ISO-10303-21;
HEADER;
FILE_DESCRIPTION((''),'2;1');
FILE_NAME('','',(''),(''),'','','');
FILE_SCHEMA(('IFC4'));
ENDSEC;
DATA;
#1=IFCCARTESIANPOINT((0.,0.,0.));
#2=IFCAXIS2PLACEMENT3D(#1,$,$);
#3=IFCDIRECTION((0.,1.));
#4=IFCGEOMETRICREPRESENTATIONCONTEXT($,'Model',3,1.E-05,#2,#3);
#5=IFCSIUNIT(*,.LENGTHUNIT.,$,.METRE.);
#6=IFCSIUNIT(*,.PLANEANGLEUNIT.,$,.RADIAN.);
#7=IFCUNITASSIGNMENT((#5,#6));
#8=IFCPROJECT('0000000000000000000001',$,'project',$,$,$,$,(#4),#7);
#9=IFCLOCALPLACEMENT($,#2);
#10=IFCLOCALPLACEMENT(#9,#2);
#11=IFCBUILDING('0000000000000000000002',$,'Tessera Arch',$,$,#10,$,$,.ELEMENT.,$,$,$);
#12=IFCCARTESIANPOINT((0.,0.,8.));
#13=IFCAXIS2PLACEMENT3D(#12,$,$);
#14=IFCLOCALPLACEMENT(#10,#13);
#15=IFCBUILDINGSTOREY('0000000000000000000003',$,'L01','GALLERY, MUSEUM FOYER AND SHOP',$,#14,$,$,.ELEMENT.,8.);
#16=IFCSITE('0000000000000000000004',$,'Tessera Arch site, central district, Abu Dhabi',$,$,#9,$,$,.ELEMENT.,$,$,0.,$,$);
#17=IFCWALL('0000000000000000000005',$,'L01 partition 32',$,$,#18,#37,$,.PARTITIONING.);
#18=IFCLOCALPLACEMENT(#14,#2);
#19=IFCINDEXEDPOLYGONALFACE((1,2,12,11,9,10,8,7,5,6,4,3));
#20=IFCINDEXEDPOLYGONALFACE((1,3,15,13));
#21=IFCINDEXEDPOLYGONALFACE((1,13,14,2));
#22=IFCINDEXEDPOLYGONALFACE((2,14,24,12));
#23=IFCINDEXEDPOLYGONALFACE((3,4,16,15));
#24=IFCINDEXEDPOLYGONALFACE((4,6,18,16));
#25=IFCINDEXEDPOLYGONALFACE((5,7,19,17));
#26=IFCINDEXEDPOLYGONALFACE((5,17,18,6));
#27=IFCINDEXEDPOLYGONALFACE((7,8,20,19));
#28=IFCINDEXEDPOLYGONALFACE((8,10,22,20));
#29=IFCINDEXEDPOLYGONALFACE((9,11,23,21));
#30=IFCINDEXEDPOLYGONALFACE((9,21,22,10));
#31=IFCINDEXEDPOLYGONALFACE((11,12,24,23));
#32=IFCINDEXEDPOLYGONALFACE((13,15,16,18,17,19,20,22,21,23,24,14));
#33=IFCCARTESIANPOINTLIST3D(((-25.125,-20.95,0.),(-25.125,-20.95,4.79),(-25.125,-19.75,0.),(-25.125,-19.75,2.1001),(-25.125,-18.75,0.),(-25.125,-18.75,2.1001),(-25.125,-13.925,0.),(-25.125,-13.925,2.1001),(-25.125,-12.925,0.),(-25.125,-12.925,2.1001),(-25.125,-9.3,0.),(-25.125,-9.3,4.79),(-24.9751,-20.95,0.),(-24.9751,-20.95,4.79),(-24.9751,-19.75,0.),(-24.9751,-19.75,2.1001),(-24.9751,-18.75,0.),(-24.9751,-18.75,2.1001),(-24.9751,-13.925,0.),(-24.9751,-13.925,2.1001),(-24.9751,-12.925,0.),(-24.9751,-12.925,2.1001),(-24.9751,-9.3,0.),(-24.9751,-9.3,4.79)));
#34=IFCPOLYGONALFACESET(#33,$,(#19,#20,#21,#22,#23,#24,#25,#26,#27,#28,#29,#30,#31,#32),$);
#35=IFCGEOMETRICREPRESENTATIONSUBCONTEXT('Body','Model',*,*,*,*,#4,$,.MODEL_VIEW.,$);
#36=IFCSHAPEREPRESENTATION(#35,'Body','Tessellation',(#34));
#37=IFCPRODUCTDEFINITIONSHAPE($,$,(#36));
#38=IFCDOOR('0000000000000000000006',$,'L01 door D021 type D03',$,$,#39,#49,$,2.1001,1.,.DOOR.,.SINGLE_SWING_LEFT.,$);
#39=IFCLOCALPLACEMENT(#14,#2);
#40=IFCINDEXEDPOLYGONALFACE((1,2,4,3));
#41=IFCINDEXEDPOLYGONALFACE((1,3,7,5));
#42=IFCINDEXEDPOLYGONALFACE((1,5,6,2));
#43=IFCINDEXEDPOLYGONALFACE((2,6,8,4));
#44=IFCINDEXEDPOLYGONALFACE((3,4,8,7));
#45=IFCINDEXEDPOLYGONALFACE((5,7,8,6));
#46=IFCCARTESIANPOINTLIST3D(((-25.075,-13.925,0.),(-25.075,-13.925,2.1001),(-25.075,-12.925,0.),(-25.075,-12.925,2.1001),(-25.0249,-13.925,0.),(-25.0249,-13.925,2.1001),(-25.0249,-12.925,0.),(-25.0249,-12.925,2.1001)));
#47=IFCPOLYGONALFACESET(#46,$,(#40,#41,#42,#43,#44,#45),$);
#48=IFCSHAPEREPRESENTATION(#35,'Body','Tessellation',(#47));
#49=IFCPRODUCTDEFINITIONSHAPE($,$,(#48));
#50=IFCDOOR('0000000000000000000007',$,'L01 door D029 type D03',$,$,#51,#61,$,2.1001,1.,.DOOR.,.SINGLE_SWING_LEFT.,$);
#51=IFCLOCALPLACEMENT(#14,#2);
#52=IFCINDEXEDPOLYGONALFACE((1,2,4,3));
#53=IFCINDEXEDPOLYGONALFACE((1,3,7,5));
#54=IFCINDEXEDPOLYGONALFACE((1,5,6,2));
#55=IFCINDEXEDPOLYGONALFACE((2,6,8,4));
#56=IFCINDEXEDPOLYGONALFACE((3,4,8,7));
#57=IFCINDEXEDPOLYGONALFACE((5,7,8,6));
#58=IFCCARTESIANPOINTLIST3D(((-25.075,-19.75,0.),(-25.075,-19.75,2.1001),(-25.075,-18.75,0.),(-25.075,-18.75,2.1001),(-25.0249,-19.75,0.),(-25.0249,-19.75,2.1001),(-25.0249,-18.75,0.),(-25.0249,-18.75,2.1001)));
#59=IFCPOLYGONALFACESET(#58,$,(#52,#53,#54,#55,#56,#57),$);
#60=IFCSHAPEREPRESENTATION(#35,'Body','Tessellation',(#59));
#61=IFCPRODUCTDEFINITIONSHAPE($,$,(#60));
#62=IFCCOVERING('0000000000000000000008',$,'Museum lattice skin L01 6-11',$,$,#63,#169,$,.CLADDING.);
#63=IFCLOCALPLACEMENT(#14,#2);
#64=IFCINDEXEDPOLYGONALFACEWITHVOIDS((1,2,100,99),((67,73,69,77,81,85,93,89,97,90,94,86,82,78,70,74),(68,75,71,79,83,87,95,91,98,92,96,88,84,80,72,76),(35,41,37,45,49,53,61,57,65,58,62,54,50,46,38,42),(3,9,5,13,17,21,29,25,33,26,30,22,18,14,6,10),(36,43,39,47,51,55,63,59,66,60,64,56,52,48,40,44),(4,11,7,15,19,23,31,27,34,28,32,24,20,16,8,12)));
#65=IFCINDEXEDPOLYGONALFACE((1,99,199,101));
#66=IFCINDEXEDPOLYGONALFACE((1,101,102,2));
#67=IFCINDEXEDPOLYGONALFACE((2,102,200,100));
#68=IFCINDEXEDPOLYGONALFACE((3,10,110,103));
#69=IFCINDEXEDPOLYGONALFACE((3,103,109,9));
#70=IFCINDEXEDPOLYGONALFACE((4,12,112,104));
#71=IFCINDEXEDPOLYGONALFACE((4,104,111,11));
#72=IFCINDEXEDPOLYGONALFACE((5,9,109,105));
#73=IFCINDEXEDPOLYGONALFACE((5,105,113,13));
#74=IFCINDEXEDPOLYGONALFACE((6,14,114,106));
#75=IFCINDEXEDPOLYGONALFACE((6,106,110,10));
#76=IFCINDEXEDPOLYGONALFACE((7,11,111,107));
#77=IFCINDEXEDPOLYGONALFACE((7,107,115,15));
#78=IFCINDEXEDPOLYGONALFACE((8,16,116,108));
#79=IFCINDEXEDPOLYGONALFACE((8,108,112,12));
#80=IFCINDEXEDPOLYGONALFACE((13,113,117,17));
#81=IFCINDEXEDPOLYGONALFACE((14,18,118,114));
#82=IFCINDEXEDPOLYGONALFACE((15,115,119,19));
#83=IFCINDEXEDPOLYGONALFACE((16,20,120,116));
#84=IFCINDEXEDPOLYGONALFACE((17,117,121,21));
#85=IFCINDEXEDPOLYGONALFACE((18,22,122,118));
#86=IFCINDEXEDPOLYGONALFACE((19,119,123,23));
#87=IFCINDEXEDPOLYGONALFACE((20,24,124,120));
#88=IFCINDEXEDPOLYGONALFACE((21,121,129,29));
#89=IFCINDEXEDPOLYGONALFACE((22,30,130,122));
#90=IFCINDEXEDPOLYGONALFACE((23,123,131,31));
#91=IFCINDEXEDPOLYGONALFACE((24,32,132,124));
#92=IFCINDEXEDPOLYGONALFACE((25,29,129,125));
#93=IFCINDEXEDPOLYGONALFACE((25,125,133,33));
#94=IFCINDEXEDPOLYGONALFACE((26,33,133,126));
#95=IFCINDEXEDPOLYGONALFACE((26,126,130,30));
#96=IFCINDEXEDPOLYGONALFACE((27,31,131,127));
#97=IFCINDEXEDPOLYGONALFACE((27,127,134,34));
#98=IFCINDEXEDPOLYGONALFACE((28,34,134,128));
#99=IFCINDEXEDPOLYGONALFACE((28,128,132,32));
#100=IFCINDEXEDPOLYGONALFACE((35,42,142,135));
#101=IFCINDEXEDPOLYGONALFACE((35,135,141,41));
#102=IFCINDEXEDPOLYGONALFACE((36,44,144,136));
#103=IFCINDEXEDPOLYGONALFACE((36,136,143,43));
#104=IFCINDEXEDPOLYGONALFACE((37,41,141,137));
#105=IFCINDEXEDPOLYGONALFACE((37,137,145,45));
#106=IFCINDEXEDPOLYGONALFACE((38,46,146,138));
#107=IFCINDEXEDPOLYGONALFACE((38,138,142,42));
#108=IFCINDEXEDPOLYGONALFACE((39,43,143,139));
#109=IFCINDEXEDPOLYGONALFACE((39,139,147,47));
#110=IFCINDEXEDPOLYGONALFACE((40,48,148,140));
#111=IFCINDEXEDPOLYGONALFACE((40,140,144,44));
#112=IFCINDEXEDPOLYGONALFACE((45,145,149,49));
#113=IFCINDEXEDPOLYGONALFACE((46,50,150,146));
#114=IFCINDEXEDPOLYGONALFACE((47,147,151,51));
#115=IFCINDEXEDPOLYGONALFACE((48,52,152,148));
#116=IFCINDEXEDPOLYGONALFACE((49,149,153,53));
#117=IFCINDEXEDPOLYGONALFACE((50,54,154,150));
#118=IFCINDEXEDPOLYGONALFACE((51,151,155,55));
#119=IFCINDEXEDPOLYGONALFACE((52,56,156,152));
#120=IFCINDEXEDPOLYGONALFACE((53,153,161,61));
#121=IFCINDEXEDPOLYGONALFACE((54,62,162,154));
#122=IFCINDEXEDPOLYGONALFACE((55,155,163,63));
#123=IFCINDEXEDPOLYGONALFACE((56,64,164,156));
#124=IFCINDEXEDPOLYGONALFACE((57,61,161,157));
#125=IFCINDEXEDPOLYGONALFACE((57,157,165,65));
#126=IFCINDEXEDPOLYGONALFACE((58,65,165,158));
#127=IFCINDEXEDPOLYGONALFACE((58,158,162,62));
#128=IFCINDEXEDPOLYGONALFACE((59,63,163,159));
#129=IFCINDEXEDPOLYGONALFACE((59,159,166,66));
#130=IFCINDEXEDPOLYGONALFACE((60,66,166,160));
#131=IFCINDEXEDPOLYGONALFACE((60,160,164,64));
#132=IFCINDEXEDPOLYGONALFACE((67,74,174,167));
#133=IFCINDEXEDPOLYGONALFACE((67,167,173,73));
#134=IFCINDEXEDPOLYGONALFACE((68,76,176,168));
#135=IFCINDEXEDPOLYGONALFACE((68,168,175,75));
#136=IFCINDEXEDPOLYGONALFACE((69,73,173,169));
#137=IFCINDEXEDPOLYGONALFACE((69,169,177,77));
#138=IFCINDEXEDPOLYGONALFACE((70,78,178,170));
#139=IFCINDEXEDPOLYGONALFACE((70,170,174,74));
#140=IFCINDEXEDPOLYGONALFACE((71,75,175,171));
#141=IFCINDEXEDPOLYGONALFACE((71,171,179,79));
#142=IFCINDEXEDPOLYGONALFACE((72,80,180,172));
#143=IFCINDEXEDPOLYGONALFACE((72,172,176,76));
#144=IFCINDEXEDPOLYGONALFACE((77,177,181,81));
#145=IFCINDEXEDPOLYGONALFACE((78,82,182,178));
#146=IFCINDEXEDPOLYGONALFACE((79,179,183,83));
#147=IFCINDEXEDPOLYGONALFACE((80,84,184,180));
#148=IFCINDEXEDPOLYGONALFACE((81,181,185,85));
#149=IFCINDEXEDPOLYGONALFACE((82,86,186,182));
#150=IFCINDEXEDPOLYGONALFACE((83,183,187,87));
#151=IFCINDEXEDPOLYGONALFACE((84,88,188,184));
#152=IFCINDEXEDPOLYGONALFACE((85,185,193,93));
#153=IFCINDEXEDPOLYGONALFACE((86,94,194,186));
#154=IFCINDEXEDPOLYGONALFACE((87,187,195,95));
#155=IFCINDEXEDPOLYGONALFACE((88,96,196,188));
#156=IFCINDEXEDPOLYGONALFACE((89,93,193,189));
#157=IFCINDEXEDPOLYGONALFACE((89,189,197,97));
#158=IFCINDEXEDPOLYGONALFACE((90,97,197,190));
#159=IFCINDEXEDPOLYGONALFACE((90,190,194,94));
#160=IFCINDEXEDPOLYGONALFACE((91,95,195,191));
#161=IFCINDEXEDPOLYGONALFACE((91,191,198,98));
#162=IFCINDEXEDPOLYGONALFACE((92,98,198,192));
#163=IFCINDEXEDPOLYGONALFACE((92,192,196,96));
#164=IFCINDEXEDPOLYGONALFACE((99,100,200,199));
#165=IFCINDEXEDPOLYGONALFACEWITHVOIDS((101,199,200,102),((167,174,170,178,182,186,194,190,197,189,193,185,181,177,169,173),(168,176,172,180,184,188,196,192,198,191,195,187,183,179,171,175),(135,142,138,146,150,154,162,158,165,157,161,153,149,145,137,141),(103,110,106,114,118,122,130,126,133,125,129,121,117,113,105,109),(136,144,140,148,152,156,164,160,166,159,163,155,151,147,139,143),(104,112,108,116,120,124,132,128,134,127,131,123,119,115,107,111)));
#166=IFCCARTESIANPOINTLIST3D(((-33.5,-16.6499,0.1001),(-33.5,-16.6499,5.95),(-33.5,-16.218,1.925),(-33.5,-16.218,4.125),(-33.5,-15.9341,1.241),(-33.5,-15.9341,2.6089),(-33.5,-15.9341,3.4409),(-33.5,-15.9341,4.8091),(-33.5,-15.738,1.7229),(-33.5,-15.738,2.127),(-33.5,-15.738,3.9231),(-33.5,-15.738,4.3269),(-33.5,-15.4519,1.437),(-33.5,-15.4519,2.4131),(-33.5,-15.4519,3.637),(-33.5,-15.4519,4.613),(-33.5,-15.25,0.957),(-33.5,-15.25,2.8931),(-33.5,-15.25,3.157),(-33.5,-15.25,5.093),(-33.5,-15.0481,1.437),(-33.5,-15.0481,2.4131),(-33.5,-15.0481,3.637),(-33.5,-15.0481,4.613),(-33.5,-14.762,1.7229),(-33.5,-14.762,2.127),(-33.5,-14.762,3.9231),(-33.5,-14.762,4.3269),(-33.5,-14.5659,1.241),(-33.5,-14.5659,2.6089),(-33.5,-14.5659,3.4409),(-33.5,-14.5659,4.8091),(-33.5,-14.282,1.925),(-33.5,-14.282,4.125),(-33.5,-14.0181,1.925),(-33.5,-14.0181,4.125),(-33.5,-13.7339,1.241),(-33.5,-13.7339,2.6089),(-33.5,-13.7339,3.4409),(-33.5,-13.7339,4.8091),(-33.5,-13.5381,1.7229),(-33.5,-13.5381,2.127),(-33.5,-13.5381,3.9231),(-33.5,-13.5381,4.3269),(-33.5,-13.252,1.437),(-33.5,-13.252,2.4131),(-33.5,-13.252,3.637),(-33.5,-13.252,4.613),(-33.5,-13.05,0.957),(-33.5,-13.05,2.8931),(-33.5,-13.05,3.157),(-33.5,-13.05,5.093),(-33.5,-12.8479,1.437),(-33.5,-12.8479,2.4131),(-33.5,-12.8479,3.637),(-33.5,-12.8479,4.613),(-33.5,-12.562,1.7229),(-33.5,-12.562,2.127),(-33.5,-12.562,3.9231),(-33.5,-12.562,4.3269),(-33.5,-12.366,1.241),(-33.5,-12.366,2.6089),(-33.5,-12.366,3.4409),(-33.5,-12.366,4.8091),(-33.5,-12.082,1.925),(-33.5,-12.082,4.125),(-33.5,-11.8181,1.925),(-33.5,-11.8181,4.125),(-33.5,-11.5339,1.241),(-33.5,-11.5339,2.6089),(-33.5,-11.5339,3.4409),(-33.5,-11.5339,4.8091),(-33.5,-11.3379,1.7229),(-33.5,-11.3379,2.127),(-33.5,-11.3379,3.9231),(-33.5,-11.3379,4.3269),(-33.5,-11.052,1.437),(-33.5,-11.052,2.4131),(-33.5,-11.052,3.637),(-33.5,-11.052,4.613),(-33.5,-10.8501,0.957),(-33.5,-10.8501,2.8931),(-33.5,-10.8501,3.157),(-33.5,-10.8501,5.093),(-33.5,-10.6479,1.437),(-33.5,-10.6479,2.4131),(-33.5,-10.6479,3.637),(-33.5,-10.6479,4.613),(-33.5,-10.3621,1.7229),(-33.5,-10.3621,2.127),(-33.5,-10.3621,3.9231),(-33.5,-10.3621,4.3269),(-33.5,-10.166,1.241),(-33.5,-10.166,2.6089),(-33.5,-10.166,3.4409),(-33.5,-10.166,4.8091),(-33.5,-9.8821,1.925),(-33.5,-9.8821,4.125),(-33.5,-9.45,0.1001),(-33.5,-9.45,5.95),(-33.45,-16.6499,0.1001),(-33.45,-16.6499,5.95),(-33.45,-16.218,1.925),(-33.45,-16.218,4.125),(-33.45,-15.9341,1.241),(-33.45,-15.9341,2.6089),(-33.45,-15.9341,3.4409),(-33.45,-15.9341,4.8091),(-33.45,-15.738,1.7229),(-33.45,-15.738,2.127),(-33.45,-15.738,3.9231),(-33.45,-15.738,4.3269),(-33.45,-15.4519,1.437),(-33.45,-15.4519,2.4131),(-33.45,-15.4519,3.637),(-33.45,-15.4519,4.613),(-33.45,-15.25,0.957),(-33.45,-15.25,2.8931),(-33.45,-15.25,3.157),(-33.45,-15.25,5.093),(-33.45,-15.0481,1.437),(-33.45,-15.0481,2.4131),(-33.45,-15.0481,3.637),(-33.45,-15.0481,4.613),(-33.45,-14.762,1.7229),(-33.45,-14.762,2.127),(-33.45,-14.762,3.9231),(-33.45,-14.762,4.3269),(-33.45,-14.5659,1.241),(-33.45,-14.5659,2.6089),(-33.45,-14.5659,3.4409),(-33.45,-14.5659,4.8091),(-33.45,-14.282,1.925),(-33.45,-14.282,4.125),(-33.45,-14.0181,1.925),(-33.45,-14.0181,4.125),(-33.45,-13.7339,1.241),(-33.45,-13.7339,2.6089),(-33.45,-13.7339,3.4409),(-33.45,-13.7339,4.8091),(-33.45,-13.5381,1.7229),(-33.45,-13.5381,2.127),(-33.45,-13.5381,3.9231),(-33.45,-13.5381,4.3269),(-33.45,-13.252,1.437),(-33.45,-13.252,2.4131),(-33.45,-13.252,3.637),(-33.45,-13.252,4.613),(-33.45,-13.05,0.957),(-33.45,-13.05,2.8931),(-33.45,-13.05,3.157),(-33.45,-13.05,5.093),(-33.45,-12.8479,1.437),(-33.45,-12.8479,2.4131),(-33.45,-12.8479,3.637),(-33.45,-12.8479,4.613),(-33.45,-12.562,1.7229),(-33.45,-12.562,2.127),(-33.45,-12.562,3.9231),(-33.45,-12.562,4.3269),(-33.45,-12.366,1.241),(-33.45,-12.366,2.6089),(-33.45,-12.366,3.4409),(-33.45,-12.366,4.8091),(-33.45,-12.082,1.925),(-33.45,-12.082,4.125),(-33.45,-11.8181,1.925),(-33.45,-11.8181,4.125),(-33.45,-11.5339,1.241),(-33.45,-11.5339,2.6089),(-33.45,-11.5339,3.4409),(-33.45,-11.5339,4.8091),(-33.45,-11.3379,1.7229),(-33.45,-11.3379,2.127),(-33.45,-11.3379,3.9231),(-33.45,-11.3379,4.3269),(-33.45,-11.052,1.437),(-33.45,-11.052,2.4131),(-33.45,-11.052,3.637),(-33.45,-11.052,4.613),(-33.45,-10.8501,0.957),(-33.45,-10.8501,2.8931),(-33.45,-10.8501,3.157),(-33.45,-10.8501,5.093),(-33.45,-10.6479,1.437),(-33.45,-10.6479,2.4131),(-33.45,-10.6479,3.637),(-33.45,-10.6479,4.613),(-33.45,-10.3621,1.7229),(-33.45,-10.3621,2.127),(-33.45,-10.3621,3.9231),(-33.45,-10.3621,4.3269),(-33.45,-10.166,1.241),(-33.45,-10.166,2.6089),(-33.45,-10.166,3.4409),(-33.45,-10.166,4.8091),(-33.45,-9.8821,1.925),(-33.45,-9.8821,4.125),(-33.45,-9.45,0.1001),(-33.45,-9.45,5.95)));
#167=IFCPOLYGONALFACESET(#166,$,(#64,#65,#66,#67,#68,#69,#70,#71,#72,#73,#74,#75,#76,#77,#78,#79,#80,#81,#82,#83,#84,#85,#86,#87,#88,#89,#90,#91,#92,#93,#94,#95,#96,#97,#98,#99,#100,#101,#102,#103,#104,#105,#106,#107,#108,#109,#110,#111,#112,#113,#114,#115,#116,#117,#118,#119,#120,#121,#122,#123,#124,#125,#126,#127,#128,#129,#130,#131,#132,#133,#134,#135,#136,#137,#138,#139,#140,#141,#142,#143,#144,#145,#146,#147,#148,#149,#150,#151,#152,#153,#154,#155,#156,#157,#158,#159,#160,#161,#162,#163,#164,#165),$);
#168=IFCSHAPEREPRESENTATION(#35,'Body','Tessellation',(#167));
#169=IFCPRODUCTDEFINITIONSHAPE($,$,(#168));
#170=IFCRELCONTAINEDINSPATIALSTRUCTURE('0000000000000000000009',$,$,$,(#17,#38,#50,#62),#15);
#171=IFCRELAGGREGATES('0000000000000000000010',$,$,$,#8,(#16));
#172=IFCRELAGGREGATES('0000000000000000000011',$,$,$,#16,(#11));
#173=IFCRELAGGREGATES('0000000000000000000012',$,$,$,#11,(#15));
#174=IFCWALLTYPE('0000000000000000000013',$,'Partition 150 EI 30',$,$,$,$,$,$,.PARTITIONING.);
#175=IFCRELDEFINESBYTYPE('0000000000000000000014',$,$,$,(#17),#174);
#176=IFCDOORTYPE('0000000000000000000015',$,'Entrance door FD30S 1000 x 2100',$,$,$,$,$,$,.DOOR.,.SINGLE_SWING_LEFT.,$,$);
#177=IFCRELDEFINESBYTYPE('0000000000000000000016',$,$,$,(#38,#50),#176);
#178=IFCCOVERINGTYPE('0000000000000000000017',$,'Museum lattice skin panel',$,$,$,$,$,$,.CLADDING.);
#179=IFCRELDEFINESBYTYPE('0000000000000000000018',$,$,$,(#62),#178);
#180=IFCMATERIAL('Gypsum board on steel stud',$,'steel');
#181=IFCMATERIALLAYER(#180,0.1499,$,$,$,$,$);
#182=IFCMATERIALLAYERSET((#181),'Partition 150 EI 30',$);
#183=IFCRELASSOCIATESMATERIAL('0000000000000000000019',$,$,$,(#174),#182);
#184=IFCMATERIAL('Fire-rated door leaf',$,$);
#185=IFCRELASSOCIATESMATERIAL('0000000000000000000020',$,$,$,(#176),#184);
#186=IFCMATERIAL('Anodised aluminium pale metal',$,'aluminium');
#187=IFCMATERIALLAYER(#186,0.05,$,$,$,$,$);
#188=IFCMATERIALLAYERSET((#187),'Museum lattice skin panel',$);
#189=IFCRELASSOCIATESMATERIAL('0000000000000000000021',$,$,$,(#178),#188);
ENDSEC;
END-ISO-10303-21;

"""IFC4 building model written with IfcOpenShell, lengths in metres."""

from ifc_helpers import new_model, si_unit, direction, frame, frame_2d, origin, place, context, subcontext, project, spatial, polyline, rectangle, outline, extrude, material, layer, layer_set, type_object, element, fill, save


model = new_model("IFC4")

# Units and contexts
model_context = context("Model", 3, precision=1e-05, world=origin(), true_north=direction((0.0, 1.0)))
body_context = subcontext(model_context, "Body", "Model", "MODEL_VIEW")
ifc_project = project(units=[si_unit("LENGTHUNIT", "METRE"), si_unit("PLANEANGLEUNIT", "RADIAN")], contexts=[model_context])

# Site, building, storey
site_placement = place(None, origin())
site = spatial("IfcSite", under=ifc_project, at=site_placement, Name="Tessera Arch site, central district, Abu Dhabi", CompositionType="ELEMENT", RefElevation=0.0)
building_placement = place(site_placement, origin())
building = spatial("IfcBuilding", under=site, at=building_placement, Name="Tessera Arch", CompositionType="ELEMENT")
storey_placement = place(building_placement, frame((0.0, 0.0, 8.0)))
storey = spatial("IfcBuildingStorey", under=building, at=storey_placement, Name="L01", Description="GALLERY, MUSEUM FOYER AND SHOP", CompositionType="ELEMENT", Elevation=8.0)

# Shared definitions
ifc_material_1 = material(Name="Gypsum board on steel stud", Category="steel")
ifc_layer_1 = layer(ifc_material_1, 0.1499)
ifc_layer_set_1 = layer_set([ifc_layer_1], Name="Partition 150 EI 30")
wall_type_1 = type_object("IfcWallType", Name="Partition 150 EI 30", PredefinedType="PARTITIONING", material=ifc_layer_set_1)
ifc_material_2 = material(Name="Fire-rated door leaf")
door_type = type_object("IfcDoorType", Name="Entrance door FD30S 1000 x 2100", OperationType="SINGLE_SWING_LEFT", PredefinedType="DOOR", material=ifc_material_2)

# Wall, openings, doors
wall_1_placement = place(storey_placement, frame((-25.05, -20.95, 0.0), z_axis=(0.0, 0.0, 1.0), x_axis=(0.0, 1.0, 0.0)))
wall_1 = element("IfcWall", 1, at=wall_1_placement, inside=storey, type_object=wall_type_1, Name="L01 partition 32", PredefinedType="PARTITIONING", context=body_context, shape_type="SweptSolid", body=[
    extrude(rectangle(XDim=11.6499, YDim=0.1499, at=frame_2d((5.825, 0.0))), origin(), (0.0, 0.0, 1.0), 4.79),
])
opening_1_placement = place(wall_1_placement, frame((7.0249, 0.0, 0.0)))
opening_1 = element("IfcOpeningElement", 2, at=opening_1_placement, cuts=wall_1, PredefinedType="OPENING", context=body_context, shape_type="SweptSolid", body=[
    extrude(rectangle(XDim=1.0, YDim=2.1001, at=frame_2d((0.5, 1.05))), frame((0.0, 0.085, 0.0), z_axis=(0.0, -1.0, 0.0), x_axis=(1.0, 0.0, 0.0)), (0.0, 0.0, 1.0), 0.1699),
])
opening_2_placement = place(wall_1_placement, frame((1.2, 0.0, 0.0)))
opening_2 = element("IfcOpeningElement", 3, at=opening_2_placement, cuts=wall_1, PredefinedType="OPENING", context=body_context, shape_type="SweptSolid", body=[
    extrude(rectangle(XDim=1.0, YDim=2.1001, at=frame_2d((0.5, 1.05))), frame((0.0, 0.085, 0.0), z_axis=(0.0, -1.0, 0.0), x_axis=(1.0, 0.0, 0.0)), (0.0, 0.0, 1.0), 0.1699),
])
door_1_placement = place(opening_1_placement, origin())
door_1 = element("IfcDoor", 4, at=door_1_placement, inside=storey, type_object=door_type, Name="L01 door D021 type D03", OperationType="SINGLE_SWING_LEFT", OverallHeight=2.1001, OverallWidth=1.0, PredefinedType="DOOR", context=body_context, shape_type="SweptSolid", body=[
    extrude(rectangle(XDim=1.0, YDim=2.1001, at=frame_2d((0.5, 1.05))), frame((0.0, 0.0249, 0.0), z_axis=(0.0, -1.0, 0.0), x_axis=(1.0, 0.0, 0.0)), (0.0, 0.0, 1.0), 0.05),
])
fill(opening_1, door_1)
door_2_placement = place(opening_2_placement, origin())
door_2 = element("IfcDoor", 5, at=door_2_placement, inside=storey, type_object=door_type, Name="L01 door D029 type D03", OperationType="SINGLE_SWING_LEFT", OverallHeight=2.1001, OverallWidth=1.0, PredefinedType="DOOR", context=body_context, shape_type="SweptSolid", body=[
    extrude(rectangle(XDim=1.0, YDim=2.1001, at=frame_2d((0.5, 1.05))), frame((0.0, 0.0249, 0.0), z_axis=(0.0, -1.0, 0.0), x_axis=(1.0, 0.0, 0.0)), (0.0, 0.0, 1.0), 0.05),
])
fill(opening_2, door_2)

# Covering
ifc_material_3 = material(Name="Anodised aluminium pale metal", Category="aluminium")
ifc_layer_2 = layer(ifc_material_3, 0.05)
ifc_layer_set_2 = layer_set([ifc_layer_2], Name="Museum lattice skin panel")
covering_type_1 = type_object("IfcCoveringType", Name="Museum lattice skin panel", PredefinedType="CLADDING", material=ifc_layer_set_2)
covering_1_placement = place(storey_placement, frame((-33.45, -9.45, 5.95), z_axis=(1.0, 0.0, 0.0), x_axis=(0.0, -1.0, 0.0)))
element("IfcCovering", 6, at=covering_1_placement, inside=storey, type_object=covering_type_1, Name="Museum lattice skin L01 6-11", PredefinedType="CLADDING", context=body_context, shape_type="SweptSolid", body=[
    extrude(outline(polyline([(0.0, 0.0), (7.2, 0.0), (7.2, 5.8499), (0.0, 5.8499), (0.0, 0.0)]), holes=[polyline([(2.3682, 4.0249), (1.8879, 3.823), (2.084, 3.3411), (1.6021, 3.5369), (1.4001, 3.0569), (1.198, 3.5369), (0.7161, 3.3411), (0.9121, 3.823), (0.4321, 4.0249), (0.9121, 4.2271), (0.7161, 4.709), (1.198, 4.5129), (1.4001, 4.9929), (1.6021, 4.5129), (2.084, 4.709), (1.8879, 4.2271), (2.3682, 4.0249)]), polyline([(2.3682, 1.825), (1.8879, 1.623), (2.084, 1.1409), (1.6021, 1.3369), (1.4001, 0.8569), (1.198, 1.3369), (0.7161, 1.1409), (0.9121, 1.623), (0.4321, 1.825), (0.9121, 2.0269), (0.7161, 2.509), (1.198, 2.313), (1.4001, 2.793), (1.6021, 2.313), (2.084, 2.509), (1.8879, 2.0269), (2.3682, 1.825)]), polyline([(4.5681, 4.0249), (4.0881, 3.823), (4.2839, 3.3411), (3.802, 3.5369), (3.6001, 3.0569), (3.3979, 3.5369), (2.916, 3.3411), (3.1121, 3.823), (2.6321, 4.0249), (3.1121, 4.2271), (2.916, 4.709), (3.3979, 4.5129), (3.6001, 4.9929), (3.802, 4.5129), (4.2839, 4.709), (4.0881, 4.2271), (4.5681, 4.0249)]), polyline([(4.5681, 1.825), (4.0881, 1.623), (4.2839, 1.1409), (3.802, 1.3369), (3.6001, 0.8569), (3.3979, 1.3369), (2.916, 1.1409), (3.1121, 1.623), (2.6321, 1.825), (3.1121, 2.0269), (2.916, 2.509), (3.3979, 2.313), (3.6001, 2.793), (3.802, 2.313), (4.2839, 2.509), (4.0881, 2.0269), (4.5681, 1.825)]), polyline([(6.7681, 4.0249), (6.2881, 3.823), (6.4841, 3.3411), (6.002, 3.5369), (5.8, 3.0569), (5.5981, 3.5369), (5.116, 3.3411), (5.312, 3.823), (4.832, 4.0249), (5.312, 4.2271), (5.116, 4.709), (5.5981, 4.5129), (5.8, 4.9929), (6.002, 4.5129), (6.4841, 4.709), (6.2881, 4.2271), (6.7681, 4.0249)]), polyline([(6.7681, 1.825), (6.2881, 1.623), (6.4841, 1.1409), (6.002, 1.3369), (5.8, 0.8569), (5.5981, 1.3369), (5.116, 1.1409), (5.312, 1.623), (4.832, 1.825), (5.312, 2.0269), (5.116, 2.509), (5.5981, 2.313), (5.8, 2.793), (6.002, 2.313), (6.4841, 2.509), (6.2881, 2.0269), (6.7681, 1.825)])]), origin(), (0.0, 0.0, -1.0), 0.05),
])

save(model, "model.ifc")
